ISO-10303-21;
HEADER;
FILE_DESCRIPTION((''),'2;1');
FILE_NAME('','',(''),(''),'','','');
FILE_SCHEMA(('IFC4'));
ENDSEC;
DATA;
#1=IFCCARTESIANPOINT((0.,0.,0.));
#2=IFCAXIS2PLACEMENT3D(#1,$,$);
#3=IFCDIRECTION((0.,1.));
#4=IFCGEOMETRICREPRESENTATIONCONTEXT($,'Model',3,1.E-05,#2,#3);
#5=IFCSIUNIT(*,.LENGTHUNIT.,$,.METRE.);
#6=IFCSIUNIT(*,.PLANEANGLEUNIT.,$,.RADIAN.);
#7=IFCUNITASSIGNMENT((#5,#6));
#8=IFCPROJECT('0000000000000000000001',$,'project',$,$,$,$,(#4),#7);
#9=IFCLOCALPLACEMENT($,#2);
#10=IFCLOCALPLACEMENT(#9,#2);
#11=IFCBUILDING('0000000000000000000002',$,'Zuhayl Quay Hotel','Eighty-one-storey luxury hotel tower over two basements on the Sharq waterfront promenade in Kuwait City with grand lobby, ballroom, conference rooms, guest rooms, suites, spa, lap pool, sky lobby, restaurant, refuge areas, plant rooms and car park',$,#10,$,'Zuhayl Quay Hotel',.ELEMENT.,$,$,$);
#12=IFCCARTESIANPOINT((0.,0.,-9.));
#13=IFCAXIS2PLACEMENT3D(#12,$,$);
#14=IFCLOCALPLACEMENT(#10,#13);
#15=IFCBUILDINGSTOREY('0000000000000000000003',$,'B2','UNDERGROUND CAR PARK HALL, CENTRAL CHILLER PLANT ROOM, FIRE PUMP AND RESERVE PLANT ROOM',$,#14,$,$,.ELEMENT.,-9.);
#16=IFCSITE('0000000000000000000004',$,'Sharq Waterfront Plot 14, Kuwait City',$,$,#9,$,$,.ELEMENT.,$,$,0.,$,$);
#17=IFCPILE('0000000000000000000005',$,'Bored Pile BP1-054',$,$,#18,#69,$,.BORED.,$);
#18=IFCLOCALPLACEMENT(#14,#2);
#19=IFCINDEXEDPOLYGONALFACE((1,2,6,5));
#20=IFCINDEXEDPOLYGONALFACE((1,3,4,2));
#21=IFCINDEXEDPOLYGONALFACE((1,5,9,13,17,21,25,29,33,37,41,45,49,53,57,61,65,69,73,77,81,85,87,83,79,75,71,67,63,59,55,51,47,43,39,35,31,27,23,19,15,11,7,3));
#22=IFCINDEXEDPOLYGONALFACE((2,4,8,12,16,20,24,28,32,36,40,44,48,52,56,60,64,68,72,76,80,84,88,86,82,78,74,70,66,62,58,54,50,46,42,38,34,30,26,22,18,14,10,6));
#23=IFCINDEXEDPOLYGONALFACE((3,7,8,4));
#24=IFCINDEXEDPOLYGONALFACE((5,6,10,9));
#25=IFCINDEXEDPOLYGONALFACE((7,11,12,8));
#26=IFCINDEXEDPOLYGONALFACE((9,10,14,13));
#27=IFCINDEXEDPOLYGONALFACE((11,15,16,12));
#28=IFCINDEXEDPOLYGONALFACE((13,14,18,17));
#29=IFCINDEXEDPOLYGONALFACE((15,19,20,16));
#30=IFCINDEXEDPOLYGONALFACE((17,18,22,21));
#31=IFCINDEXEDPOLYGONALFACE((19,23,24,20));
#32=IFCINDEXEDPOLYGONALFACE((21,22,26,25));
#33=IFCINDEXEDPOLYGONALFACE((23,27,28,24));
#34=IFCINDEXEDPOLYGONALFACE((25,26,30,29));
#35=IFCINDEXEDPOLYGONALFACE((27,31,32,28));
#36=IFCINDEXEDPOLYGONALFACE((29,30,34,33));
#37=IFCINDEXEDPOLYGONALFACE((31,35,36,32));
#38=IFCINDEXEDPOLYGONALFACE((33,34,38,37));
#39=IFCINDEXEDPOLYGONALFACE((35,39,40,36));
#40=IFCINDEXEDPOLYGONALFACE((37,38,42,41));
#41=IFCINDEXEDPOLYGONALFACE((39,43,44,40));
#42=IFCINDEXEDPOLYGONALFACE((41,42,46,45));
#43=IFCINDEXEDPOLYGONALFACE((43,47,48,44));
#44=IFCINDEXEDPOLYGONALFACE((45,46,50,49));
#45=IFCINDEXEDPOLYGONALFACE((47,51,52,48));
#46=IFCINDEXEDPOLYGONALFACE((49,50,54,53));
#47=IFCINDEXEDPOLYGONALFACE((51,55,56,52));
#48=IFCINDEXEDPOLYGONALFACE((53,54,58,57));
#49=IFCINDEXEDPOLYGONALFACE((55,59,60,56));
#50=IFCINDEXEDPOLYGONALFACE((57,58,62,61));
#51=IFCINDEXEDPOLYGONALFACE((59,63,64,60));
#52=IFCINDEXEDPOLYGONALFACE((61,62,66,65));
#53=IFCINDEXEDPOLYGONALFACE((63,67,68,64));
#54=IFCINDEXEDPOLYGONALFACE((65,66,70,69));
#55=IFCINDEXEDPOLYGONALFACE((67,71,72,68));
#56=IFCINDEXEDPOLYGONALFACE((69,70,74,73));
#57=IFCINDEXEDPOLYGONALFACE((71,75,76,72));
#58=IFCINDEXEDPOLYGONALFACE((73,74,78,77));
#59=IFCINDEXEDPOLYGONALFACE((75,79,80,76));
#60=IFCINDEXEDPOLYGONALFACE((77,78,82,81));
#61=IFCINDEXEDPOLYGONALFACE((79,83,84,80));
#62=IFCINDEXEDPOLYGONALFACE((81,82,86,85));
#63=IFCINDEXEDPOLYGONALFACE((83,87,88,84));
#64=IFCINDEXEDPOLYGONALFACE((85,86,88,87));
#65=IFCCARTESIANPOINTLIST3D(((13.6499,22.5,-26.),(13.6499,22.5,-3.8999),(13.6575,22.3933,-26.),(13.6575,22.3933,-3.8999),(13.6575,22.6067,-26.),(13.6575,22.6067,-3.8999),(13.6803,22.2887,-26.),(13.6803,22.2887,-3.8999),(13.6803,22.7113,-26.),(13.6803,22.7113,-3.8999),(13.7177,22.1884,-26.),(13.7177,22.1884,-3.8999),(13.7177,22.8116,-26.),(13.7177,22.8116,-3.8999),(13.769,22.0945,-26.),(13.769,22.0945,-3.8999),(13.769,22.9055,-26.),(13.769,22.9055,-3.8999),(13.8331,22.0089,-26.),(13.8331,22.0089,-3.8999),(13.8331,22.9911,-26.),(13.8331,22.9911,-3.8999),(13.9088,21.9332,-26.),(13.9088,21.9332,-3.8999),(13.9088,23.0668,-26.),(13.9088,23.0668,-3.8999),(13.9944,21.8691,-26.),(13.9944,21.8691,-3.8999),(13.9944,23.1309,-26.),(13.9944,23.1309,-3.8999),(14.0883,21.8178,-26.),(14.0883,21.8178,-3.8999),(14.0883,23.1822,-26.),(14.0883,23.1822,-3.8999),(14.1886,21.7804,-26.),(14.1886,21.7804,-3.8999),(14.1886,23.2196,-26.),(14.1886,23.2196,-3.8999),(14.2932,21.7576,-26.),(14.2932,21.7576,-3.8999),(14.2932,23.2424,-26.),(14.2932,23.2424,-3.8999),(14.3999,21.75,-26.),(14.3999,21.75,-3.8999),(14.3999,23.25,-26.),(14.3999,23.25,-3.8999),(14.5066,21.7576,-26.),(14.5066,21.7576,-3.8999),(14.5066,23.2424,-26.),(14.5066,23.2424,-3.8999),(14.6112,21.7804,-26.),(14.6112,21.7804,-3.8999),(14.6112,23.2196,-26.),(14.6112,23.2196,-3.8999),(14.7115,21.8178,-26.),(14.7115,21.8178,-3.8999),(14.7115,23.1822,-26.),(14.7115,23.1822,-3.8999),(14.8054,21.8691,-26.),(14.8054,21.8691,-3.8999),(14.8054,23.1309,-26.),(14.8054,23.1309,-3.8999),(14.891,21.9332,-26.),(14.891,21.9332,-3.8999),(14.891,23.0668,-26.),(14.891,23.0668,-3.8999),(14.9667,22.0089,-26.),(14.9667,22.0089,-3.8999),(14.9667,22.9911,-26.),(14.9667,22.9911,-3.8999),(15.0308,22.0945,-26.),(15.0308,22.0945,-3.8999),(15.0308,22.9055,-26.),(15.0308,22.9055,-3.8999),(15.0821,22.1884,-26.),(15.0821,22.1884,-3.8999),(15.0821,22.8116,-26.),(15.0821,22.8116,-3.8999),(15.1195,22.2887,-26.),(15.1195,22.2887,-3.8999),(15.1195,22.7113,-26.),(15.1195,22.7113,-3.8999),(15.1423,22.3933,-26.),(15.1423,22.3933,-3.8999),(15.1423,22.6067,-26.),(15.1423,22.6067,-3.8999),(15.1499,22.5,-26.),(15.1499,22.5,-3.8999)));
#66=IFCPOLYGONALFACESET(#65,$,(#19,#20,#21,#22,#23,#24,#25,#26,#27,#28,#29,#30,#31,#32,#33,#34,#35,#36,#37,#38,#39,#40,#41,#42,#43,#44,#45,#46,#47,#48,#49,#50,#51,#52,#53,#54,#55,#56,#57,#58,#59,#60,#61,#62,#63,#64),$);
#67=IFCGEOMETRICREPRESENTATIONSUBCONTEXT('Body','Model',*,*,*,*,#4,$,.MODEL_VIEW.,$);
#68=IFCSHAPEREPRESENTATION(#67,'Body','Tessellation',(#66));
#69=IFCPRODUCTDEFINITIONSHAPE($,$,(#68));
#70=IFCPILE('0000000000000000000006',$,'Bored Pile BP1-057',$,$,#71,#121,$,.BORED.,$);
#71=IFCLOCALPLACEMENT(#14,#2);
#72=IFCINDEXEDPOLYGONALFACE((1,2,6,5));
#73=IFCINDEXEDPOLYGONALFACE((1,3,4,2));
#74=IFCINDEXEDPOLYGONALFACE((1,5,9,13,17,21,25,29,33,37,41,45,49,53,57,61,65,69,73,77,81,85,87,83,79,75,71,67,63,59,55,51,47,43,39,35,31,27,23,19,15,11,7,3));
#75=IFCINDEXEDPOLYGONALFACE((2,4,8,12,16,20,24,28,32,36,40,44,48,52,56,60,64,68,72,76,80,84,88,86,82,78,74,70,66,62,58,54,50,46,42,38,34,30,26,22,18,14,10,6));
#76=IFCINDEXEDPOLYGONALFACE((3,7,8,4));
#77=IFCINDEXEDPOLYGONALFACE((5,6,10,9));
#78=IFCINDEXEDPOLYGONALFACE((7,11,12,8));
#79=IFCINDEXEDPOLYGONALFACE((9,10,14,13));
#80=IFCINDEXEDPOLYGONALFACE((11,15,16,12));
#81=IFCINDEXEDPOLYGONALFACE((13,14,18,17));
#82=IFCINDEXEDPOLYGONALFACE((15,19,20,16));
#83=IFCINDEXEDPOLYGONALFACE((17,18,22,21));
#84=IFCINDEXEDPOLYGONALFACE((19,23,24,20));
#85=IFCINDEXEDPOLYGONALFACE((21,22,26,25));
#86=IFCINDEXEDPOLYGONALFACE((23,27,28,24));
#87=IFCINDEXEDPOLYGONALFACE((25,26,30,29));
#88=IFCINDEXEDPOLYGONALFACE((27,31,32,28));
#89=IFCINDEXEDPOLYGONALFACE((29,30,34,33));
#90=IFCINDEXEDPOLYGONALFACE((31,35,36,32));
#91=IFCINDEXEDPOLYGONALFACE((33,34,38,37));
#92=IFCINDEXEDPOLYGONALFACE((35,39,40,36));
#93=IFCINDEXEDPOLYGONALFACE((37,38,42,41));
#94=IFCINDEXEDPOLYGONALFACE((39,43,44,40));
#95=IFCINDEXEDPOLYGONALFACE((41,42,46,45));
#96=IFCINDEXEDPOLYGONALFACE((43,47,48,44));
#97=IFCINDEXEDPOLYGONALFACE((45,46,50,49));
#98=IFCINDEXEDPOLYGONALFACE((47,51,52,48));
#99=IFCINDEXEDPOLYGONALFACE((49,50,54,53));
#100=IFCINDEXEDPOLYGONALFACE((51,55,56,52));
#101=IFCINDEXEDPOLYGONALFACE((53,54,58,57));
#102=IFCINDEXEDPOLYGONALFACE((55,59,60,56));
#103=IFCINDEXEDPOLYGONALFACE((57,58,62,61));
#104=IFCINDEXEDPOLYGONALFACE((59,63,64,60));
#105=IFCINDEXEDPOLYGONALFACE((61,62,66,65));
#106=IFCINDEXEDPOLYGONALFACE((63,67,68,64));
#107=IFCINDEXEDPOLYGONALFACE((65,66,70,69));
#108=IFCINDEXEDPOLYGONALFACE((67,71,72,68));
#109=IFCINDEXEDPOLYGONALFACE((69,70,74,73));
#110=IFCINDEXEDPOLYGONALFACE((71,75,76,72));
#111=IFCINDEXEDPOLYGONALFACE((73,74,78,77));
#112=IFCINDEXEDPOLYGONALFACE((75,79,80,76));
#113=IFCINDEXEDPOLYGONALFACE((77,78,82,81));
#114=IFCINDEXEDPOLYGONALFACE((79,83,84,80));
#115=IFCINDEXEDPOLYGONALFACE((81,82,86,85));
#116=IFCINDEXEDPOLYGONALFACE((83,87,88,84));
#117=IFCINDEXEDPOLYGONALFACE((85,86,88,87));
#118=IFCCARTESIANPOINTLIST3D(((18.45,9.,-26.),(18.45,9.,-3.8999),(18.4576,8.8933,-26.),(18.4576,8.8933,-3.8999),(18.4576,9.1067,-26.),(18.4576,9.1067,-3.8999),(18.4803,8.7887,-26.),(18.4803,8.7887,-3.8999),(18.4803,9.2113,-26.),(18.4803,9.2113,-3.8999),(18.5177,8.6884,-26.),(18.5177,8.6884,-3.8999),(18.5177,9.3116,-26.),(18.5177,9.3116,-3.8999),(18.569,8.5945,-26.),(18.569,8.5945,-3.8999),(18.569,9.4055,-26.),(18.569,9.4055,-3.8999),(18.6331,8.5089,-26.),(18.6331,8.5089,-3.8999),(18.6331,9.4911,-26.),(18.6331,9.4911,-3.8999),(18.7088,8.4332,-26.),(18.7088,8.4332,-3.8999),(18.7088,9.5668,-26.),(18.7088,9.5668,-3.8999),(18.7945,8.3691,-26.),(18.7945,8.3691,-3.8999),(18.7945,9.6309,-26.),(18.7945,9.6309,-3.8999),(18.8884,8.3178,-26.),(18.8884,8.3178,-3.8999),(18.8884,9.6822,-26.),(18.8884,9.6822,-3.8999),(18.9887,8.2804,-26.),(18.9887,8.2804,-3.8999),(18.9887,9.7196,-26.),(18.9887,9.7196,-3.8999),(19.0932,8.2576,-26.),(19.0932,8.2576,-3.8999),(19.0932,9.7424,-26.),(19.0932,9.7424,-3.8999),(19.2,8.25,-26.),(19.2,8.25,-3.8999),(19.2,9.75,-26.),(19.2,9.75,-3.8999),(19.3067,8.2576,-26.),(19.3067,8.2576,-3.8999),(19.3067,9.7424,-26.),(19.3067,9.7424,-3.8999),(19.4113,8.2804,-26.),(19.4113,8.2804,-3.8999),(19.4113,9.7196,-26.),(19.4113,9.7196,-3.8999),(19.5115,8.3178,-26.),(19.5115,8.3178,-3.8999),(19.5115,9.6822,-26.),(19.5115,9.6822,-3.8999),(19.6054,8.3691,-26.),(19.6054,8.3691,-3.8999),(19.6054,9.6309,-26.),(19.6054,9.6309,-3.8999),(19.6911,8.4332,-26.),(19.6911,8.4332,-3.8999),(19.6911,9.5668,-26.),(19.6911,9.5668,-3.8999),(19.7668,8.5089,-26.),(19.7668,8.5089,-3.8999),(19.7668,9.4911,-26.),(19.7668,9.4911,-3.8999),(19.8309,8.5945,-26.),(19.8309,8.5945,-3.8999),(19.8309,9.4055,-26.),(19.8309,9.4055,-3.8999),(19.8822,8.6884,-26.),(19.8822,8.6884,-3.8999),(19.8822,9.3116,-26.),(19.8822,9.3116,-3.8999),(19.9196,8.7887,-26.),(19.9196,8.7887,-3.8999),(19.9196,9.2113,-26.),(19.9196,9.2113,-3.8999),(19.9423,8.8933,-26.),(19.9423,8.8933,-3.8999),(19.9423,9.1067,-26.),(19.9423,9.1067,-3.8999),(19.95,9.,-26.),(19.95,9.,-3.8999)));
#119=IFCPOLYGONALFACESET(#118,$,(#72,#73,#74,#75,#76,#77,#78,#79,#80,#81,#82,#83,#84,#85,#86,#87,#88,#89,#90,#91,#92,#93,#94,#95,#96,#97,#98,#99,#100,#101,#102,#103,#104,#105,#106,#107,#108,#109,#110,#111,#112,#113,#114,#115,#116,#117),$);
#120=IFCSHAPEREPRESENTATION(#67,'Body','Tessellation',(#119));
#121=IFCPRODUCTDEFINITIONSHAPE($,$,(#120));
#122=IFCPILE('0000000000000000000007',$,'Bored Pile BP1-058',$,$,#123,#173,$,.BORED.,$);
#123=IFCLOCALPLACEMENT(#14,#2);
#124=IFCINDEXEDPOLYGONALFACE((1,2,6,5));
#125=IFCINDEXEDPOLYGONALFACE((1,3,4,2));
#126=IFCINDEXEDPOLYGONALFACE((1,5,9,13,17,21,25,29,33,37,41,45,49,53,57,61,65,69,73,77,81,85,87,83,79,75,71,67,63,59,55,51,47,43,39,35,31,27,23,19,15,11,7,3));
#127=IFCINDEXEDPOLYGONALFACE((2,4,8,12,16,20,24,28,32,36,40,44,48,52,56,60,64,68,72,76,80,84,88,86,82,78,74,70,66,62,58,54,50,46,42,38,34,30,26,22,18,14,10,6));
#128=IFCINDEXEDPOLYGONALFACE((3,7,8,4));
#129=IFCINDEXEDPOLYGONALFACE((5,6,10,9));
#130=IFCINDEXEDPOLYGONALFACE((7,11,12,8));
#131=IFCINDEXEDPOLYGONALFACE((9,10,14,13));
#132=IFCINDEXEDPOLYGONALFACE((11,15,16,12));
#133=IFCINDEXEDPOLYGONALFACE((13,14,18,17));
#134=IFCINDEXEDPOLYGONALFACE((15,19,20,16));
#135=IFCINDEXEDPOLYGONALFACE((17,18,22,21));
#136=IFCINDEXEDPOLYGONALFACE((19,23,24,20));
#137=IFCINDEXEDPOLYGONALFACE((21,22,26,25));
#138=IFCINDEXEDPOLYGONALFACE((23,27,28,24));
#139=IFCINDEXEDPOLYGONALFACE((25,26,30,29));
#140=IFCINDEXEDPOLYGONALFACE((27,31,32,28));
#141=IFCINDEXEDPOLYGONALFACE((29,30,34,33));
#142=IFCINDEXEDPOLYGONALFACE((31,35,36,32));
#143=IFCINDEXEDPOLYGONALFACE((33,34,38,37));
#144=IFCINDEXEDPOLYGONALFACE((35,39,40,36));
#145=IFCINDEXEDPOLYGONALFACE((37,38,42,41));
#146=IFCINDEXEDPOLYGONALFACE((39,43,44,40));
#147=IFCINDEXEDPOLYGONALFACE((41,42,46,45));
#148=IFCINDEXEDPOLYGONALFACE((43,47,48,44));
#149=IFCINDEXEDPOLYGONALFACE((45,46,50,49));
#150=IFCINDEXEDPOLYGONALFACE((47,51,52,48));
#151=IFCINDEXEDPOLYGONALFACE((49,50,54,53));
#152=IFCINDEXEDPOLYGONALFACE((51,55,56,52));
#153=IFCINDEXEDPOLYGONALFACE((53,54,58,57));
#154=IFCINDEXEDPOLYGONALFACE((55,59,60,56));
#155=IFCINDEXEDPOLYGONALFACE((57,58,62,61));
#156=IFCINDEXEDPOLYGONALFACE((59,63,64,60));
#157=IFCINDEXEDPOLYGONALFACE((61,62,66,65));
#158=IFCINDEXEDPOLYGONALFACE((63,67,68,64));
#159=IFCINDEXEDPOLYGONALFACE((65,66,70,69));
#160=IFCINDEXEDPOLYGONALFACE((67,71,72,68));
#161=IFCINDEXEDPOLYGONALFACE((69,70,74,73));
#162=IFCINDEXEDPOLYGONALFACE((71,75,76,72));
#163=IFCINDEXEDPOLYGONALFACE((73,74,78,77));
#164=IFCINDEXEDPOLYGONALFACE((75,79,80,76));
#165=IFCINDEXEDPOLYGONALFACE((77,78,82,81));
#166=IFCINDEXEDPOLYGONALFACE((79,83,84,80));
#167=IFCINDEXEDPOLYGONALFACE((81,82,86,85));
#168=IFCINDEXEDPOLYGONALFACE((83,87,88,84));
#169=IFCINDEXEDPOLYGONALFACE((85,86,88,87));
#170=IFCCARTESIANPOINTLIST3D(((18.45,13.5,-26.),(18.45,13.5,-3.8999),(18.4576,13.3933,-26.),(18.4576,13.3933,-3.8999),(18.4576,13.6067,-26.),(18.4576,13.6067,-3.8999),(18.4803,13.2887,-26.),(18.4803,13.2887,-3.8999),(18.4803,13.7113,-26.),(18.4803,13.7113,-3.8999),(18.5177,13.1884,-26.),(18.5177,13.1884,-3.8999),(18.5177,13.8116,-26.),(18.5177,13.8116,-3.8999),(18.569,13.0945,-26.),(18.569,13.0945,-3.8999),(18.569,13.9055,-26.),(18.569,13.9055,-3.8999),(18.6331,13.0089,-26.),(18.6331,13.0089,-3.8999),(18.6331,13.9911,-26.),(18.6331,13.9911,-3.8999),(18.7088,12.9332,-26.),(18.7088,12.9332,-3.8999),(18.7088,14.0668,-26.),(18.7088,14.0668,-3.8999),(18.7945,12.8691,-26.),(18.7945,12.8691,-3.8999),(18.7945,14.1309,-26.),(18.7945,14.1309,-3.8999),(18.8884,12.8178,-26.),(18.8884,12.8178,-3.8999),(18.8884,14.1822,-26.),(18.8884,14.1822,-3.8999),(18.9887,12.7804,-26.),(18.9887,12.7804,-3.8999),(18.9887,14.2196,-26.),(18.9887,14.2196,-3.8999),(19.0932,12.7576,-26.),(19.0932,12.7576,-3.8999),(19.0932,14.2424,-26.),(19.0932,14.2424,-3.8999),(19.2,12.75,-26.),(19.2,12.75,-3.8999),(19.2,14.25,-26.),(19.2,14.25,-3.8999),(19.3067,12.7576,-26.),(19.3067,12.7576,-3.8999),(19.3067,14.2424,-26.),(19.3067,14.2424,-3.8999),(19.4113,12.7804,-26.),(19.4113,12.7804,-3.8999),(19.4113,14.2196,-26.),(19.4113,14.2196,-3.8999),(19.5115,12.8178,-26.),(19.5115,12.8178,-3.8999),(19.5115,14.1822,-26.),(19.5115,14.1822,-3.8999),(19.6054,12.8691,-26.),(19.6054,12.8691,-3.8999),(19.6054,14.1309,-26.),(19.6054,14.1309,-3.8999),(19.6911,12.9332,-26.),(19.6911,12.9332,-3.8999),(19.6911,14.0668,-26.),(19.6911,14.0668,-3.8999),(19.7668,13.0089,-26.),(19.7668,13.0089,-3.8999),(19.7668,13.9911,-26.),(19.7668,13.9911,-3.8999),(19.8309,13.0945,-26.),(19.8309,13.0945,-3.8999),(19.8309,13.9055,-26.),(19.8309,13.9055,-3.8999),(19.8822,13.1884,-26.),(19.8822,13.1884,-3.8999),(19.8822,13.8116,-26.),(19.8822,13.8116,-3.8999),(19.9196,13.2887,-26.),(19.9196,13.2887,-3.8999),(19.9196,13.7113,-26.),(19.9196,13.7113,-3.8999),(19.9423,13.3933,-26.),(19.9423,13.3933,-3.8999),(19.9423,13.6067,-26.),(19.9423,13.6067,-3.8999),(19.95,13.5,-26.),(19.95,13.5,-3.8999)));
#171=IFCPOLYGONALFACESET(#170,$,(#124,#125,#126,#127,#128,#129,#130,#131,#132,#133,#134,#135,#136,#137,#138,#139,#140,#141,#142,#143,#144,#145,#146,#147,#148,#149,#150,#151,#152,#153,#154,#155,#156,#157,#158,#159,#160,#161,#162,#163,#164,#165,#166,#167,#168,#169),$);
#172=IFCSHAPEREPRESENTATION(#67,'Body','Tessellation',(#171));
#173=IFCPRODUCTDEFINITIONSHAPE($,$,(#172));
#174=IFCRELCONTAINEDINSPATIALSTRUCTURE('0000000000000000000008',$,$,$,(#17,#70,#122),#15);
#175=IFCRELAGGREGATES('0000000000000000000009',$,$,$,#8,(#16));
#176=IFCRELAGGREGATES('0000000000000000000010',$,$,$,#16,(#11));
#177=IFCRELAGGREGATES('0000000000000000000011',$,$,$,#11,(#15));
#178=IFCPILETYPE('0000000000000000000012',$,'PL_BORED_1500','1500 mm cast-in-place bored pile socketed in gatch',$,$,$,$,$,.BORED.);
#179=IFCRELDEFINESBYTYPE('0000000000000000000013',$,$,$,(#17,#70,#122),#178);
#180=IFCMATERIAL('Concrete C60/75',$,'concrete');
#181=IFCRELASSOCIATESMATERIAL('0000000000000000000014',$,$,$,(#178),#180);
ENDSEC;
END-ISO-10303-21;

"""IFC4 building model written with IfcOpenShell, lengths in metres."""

from ifc_helpers import new_model, si_unit, direction, frame, origin, origin_2d, place, context, subcontext, project, spatial, circle, extrude, material, material_profile, profile_set, type_object, element, save


model = new_model("IFC4")

# Units and contexts
model_context = context("Model", 3, precision=1e-05, world=origin(), true_north=direction((0.0, 1.0)))
body_context = subcontext(model_context, "Body", "Model", "MODEL_VIEW")
ifc_project = project(units=[si_unit("LENGTHUNIT", "METRE"), si_unit("PLANEANGLEUNIT", "RADIAN")], contexts=[model_context])

# Site, building, storey
site_placement = place(None, origin())
site = spatial("IfcSite", under=ifc_project, at=site_placement, Name="Sharq Waterfront Plot 14, Kuwait City", CompositionType="ELEMENT", RefElevation=0.0)
building_placement = place(site_placement, origin())
building = spatial("IfcBuilding", under=site, at=building_placement, Name="Zuhayl Quay Hotel", Description="Eighty-one-storey luxury hotel tower over two basements on the Sharq waterfront promenade in Kuwait City with grand lobby, ballroom, conference rooms, guest rooms, suites, spa, lap pool, sky lobby, restaurant, refuge areas, plant rooms and car park", LongName="Zuhayl Quay Hotel", CompositionType="ELEMENT")
storey_placement = place(building_placement, frame((0.0, 0.0, -9.0)))
storey = spatial("IfcBuildingStorey", under=building, at=storey_placement, Name="B2", Description="UNDERGROUND CAR PARK HALL, CENTRAL CHILLER PLANT ROOM, FIRE PUMP AND RESERVE PLANT ROOM", CompositionType="ELEMENT", Elevation=-9.0)

# Piles
ifc_material_1 = material(Name="Concrete C60/75", Category="concrete")
ifc_material_profile_1 = material_profile(ifc_material_1, circle(Radius=0.75, at=origin_2d()), Name="PILE1500")
ifc_profile_set_1 = profile_set([ifc_material_profile_1], Name="Concrete C60/75")
pile_type = type_object("IfcPileType", Name="PL_BORED_1500", Description="1500 mm cast-in-place bored pile socketed in gatch", PredefinedType="BORED", material=ifc_profile_set_1)
for number, where, z_axis, x_axis, name in (
    (1, (14.3999, 22.5, -3.8999), (0.0, 0.0, -1.0), (1.0, 0.0, 0.0), "Bored Pile BP1-054"),
    (2, (19.2, 9.0, -3.8999), (0.0, 0.0, -1.0), (1.0, 0.0, 0.0), "Bored Pile BP1-057"),
    (3, (19.2, 13.5, -3.8999), (0.0, 0.0, -1.0), (1.0, 0.0, 0.0), "Bored Pile BP1-058"),
):
    element("IfcPile", number, at=place(storey_placement, frame(where, z_axis=z_axis, x_axis=x_axis)), inside=storey, type_object=pile_type, Name=name, PredefinedType="BORED", context=body_context, shape_type="SweptSolid", body=[
        extrude(circle(Radius=0.75, at=origin_2d()), origin(), (0.0, 0.0, 1.0), 22.1001),
    ])

save(model, "model.ifc")
